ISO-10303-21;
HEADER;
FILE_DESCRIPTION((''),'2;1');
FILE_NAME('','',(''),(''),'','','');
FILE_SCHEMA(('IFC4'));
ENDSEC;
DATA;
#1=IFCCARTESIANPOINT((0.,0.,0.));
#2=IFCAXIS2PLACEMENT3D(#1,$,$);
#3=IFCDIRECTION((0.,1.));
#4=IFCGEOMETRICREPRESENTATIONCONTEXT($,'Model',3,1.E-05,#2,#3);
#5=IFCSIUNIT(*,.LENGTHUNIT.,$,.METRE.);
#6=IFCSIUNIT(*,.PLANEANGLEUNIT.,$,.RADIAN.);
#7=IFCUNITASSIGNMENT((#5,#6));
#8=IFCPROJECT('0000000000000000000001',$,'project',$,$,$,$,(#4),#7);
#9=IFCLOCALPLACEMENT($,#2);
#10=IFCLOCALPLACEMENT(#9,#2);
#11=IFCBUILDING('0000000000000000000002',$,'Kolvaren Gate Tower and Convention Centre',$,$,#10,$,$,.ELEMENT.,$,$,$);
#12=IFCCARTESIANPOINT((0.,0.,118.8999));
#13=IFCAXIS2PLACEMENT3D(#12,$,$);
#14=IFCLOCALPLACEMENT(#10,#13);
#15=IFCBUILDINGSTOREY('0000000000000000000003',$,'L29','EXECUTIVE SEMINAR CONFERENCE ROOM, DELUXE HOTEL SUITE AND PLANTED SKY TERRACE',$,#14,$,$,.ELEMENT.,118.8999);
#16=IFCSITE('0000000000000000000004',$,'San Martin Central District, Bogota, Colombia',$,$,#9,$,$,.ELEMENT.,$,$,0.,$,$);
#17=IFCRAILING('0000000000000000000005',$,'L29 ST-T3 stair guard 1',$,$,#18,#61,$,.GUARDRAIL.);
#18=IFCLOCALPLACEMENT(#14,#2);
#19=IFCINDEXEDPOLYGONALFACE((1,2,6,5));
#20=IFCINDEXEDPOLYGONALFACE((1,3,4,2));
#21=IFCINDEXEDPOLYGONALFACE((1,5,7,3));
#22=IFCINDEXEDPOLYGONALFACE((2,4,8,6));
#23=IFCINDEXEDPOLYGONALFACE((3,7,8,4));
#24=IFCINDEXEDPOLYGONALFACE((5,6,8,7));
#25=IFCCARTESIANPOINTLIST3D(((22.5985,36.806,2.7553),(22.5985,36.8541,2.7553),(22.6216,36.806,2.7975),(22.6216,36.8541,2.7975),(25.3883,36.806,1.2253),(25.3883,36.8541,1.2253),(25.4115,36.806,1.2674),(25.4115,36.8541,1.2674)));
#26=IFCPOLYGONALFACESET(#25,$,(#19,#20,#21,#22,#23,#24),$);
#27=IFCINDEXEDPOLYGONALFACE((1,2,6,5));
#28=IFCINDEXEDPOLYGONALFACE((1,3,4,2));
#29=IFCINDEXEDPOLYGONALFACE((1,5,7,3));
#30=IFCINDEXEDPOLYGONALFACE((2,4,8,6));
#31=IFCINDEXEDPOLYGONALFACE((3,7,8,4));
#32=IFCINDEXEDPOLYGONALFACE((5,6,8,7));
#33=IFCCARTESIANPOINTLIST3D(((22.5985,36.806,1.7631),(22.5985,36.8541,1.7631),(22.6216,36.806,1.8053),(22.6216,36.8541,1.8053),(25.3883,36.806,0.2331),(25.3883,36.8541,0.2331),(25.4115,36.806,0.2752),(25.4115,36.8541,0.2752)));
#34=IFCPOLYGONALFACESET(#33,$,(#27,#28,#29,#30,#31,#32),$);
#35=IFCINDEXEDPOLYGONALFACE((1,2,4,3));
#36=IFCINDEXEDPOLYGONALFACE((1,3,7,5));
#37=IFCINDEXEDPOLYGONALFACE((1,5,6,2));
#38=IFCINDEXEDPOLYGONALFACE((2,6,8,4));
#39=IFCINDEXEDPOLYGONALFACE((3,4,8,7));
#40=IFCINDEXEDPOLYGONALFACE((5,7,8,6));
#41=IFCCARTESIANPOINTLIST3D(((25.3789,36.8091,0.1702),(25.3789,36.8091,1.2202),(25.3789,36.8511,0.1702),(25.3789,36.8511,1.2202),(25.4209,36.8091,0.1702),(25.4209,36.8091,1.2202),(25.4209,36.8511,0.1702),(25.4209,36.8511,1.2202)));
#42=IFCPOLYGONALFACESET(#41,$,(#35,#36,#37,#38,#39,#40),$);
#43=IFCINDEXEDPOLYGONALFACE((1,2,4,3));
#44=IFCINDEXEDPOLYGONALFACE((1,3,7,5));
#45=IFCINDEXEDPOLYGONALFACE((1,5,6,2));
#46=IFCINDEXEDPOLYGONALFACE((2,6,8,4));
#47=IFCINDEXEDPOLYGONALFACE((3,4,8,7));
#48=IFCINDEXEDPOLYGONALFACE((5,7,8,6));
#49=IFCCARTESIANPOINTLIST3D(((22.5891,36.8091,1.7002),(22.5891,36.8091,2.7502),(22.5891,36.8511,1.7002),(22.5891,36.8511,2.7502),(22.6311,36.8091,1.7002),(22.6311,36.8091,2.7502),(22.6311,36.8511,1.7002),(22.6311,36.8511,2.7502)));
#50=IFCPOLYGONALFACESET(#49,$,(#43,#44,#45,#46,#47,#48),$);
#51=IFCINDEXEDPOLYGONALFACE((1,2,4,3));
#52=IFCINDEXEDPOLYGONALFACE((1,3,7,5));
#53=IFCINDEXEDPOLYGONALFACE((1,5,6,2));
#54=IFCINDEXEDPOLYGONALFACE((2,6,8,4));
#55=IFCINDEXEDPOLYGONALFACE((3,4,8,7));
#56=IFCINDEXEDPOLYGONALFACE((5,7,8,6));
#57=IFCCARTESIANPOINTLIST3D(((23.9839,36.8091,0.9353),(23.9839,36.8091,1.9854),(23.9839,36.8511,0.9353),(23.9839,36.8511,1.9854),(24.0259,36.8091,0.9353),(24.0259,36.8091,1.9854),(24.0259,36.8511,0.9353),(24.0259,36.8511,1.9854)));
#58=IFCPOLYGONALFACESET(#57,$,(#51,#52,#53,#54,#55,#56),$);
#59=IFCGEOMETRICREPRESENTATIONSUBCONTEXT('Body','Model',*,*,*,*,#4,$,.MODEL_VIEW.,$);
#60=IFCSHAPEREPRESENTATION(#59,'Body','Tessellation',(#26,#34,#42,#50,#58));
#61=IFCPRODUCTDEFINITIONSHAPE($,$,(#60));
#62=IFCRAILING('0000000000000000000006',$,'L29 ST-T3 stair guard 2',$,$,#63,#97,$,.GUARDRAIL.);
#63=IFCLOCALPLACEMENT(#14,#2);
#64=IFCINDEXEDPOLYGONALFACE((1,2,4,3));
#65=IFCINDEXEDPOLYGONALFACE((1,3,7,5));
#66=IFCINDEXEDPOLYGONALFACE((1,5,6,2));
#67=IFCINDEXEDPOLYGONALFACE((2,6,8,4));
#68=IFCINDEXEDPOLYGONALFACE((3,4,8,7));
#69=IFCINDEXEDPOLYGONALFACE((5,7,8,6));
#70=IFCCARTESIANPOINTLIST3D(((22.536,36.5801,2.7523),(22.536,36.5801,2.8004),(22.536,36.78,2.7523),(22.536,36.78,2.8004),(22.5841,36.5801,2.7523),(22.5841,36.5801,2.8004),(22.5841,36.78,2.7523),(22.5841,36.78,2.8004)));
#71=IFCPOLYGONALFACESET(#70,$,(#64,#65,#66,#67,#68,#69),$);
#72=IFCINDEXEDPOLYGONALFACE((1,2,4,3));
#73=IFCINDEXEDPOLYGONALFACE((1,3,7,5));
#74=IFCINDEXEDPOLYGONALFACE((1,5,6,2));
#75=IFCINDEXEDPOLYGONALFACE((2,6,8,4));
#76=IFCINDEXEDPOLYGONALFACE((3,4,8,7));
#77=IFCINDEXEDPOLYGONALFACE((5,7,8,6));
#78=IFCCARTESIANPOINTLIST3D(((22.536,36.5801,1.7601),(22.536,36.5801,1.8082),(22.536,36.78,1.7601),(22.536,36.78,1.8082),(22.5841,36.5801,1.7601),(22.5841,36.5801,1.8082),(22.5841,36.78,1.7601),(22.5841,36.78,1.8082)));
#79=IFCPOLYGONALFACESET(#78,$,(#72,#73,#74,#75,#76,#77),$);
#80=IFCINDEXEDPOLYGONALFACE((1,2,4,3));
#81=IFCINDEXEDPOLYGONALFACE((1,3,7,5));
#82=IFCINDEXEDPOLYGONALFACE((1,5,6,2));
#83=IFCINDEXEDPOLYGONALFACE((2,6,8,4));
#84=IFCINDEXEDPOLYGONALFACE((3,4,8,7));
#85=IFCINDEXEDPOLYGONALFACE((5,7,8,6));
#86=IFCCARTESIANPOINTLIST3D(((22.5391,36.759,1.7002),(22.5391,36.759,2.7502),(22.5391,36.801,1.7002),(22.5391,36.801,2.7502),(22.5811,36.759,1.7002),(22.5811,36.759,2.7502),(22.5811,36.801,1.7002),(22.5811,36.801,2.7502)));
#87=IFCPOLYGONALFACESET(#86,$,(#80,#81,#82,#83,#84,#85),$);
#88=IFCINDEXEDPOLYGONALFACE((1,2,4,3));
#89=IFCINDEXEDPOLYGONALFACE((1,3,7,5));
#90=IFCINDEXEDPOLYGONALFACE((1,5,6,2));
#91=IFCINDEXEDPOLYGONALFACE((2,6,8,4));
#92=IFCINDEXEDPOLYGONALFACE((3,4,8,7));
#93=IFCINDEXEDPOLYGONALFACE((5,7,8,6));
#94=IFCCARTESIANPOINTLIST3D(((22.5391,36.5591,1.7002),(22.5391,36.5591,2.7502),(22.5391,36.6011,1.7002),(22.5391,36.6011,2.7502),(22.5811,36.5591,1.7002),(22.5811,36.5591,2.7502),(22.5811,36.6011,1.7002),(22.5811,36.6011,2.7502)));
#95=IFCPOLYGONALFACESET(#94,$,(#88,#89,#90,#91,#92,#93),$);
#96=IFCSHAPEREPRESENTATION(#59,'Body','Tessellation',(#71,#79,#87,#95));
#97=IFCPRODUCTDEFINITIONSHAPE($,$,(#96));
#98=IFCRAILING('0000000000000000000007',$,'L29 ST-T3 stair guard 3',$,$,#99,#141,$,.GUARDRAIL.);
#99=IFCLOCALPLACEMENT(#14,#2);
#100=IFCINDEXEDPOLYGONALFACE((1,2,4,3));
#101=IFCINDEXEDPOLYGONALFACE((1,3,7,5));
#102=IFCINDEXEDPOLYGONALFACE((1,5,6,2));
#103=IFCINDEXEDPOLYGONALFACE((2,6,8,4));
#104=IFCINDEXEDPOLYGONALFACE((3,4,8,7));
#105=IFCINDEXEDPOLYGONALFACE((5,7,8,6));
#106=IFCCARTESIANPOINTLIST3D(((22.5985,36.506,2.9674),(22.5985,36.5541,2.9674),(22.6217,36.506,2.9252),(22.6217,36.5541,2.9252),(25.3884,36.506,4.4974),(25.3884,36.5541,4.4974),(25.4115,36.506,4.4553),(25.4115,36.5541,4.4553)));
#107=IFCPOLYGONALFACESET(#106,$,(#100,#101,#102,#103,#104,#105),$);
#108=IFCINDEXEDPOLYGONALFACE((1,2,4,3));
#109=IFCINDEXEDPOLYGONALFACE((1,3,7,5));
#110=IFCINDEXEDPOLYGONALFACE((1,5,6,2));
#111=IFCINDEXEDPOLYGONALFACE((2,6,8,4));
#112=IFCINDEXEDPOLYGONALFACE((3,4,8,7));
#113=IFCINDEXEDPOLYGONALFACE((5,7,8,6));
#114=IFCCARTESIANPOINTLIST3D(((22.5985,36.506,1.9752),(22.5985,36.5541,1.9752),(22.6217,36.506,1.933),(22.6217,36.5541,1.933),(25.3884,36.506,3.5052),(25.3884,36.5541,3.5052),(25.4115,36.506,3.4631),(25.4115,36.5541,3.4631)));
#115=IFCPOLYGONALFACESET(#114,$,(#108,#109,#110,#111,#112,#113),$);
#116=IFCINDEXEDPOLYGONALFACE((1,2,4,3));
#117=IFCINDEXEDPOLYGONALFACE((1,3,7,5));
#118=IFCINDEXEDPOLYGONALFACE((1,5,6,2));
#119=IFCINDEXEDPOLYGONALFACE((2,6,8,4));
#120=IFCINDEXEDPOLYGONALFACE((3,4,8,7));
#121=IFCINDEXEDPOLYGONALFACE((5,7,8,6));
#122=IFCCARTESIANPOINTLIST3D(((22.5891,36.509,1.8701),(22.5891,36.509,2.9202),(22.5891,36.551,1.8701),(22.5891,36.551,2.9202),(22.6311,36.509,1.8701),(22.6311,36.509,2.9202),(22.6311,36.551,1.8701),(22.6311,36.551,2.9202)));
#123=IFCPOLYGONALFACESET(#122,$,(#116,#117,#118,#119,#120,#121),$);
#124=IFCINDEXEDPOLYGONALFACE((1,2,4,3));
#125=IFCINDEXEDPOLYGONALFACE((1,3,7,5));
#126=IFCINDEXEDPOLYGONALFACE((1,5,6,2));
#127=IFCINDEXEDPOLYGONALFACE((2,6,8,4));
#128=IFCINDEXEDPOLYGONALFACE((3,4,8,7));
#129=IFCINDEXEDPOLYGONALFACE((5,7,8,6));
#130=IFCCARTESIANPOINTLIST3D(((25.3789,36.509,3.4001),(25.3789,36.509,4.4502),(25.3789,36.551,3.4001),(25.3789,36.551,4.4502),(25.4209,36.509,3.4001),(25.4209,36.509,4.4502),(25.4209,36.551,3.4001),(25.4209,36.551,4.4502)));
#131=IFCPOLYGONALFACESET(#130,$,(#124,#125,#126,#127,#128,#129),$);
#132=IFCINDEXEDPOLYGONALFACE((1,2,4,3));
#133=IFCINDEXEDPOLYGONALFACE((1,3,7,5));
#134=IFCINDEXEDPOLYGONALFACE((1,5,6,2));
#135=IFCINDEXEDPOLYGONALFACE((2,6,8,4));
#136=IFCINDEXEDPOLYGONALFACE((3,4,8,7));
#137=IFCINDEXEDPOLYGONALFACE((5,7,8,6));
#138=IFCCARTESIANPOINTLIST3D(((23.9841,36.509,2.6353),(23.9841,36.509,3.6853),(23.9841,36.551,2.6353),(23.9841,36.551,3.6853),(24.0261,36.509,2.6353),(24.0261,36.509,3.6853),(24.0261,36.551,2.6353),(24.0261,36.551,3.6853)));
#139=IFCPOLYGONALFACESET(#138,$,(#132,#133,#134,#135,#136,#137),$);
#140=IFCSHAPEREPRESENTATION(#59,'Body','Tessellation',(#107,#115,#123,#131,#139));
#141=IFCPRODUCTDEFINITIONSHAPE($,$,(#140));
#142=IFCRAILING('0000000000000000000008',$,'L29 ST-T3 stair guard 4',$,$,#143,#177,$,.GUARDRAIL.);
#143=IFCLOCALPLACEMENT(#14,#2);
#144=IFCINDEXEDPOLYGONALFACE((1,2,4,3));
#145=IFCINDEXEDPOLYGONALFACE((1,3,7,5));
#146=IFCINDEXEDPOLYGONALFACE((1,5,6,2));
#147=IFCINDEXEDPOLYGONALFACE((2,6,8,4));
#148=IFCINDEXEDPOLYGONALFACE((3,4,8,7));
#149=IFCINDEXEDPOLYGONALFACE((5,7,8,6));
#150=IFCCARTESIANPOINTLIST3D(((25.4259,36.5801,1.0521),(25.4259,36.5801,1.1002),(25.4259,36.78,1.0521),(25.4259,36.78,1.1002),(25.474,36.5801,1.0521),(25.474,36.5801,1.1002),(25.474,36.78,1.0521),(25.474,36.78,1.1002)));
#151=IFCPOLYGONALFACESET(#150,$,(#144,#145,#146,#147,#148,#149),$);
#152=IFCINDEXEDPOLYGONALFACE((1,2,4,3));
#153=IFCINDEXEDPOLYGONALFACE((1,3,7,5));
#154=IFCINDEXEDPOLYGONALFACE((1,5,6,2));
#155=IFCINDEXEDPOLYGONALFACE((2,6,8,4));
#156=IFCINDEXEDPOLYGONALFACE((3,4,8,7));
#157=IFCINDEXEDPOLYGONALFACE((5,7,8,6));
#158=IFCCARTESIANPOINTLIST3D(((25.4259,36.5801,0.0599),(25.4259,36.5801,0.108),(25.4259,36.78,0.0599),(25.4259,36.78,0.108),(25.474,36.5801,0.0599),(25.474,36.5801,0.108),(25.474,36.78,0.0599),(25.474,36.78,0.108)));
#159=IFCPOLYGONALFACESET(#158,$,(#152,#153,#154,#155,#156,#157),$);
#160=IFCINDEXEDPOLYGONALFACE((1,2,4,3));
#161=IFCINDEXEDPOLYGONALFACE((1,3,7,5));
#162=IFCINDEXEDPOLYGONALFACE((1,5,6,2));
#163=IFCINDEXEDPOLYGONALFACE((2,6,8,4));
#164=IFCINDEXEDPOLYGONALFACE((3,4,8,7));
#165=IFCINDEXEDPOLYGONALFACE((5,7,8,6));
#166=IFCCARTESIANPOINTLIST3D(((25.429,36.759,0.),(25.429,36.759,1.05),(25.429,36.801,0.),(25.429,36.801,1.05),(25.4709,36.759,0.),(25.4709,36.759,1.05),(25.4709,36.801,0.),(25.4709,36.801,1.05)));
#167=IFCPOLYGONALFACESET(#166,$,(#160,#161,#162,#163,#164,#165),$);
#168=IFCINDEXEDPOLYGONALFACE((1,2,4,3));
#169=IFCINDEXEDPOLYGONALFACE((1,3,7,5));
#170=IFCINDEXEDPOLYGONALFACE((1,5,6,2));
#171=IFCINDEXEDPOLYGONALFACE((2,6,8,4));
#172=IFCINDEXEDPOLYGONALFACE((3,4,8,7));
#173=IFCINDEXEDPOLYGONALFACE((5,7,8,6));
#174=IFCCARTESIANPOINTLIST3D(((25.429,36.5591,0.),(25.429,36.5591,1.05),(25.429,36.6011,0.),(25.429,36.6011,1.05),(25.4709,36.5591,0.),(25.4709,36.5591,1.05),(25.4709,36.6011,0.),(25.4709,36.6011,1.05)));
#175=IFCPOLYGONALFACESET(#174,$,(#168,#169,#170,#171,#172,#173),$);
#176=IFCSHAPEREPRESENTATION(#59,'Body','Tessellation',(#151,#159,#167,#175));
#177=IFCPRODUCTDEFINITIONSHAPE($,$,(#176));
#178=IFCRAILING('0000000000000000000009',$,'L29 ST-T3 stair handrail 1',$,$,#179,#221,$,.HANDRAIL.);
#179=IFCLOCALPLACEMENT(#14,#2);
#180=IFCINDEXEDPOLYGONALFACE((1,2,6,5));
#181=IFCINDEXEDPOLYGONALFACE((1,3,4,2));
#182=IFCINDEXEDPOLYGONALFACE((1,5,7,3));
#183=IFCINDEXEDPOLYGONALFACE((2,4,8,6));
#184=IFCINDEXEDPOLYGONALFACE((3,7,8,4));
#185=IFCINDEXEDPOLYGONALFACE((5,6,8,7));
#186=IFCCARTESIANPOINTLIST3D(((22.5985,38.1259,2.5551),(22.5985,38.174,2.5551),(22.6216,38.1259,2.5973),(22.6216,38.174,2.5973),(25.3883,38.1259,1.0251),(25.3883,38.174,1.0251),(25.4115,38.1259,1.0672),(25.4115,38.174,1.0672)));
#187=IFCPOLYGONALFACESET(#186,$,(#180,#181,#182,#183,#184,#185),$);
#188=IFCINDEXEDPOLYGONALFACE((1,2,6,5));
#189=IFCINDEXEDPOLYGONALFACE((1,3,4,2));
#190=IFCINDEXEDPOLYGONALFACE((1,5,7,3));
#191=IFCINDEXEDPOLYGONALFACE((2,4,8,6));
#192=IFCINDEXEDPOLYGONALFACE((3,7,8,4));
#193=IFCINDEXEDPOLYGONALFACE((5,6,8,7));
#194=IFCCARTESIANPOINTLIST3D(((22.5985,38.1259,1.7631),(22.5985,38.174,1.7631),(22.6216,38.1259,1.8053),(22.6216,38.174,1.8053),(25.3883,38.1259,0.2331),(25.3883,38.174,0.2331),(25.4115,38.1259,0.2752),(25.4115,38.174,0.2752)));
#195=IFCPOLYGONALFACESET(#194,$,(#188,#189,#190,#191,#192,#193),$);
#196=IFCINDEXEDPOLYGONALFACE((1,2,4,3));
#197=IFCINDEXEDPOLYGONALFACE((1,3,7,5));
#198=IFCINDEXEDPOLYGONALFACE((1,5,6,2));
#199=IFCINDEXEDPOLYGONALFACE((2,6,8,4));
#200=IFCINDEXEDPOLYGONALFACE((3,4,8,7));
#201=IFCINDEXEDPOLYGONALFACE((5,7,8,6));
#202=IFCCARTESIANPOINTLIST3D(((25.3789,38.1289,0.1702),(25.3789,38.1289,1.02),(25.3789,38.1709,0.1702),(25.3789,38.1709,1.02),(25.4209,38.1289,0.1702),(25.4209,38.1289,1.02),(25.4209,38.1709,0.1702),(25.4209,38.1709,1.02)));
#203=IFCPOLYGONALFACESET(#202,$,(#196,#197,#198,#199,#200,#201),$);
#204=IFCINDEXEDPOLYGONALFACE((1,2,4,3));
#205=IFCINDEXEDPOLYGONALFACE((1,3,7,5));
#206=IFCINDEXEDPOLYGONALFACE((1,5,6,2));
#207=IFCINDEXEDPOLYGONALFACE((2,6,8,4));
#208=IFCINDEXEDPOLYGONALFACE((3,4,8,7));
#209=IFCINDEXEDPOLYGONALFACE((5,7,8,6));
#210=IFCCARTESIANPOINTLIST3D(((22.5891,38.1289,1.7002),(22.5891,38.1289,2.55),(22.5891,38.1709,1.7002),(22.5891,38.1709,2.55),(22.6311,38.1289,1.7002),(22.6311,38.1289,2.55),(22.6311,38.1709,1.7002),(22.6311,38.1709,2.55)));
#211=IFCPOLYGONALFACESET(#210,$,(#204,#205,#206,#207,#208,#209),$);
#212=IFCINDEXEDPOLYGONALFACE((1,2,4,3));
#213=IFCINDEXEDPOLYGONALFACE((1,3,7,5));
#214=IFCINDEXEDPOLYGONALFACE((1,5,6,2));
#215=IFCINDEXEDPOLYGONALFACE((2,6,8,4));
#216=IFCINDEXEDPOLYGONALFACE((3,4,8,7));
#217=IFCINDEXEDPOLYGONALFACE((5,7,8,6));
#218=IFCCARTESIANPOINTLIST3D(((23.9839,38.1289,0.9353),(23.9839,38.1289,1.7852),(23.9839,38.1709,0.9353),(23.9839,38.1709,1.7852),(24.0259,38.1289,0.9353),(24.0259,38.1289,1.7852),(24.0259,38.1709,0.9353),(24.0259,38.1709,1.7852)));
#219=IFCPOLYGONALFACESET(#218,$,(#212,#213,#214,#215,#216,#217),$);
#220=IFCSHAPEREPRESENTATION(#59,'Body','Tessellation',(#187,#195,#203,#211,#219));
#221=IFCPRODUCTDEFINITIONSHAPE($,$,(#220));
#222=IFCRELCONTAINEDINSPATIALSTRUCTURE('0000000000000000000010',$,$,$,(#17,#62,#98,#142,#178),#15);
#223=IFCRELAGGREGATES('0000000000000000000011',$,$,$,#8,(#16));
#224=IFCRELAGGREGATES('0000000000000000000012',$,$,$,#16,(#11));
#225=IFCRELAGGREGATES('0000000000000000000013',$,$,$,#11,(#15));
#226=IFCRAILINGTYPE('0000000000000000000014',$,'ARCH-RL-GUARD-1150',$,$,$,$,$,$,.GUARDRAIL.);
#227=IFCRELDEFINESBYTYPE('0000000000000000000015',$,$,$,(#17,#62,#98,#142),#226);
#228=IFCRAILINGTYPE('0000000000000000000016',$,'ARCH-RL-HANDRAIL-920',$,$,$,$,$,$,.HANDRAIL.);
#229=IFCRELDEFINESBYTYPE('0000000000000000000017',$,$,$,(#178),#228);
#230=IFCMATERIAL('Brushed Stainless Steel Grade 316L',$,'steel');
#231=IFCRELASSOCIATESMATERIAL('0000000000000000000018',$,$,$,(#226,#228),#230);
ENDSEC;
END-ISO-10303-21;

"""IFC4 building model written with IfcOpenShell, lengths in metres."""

from ifc_helpers import new_model, si_unit, direction, frame, origin, origin_2d, place, context, subcontext, project, spatial, rectangle, extrude, material, type_object, element, save


model = new_model("IFC4")

# Units and contexts
model_context = context("Model", 3, precision=1e-05, world=origin(), true_north=direction((0.0, 1.0)))
body_context = subcontext(model_context, "Body", "Model", "MODEL_VIEW")
ifc_project = project(units=[si_unit("LENGTHUNIT", "METRE"), si_unit("PLANEANGLEUNIT", "RADIAN")], contexts=[model_context])

# Site, building, storey
site_placement = place(None, origin())
site = spatial("IfcSite", under=ifc_project, at=site_placement, Name="San Martin Central District, Bogota, Colombia", CompositionType="ELEMENT", RefElevation=0.0)
building_placement = place(site_placement, origin())
building = spatial("IfcBuilding", under=site, at=building_placement, Name="Kolvaren Gate Tower and Convention Centre", CompositionType="ELEMENT")
storey_placement = place(building_placement, frame((0.0, 0.0, 118.8999)))
storey = spatial("IfcBuildingStorey", under=building, at=storey_placement, Name="L29", Description="EXECUTIVE SEMINAR CONFERENCE ROOM, DELUXE HOTEL SUITE AND PLANTED SKY TERRACE", CompositionType="ELEMENT", Elevation=118.8999)

# Railings
ifc_material_1 = material(Name="Brushed Stainless Steel Grade 316L", Category="steel")
railing_type_1 = type_object("IfcRailingType", Name="ARCH-RL-GUARD-1150", PredefinedType="GUARDRAIL", material=ifc_material_1)
railing_1_placement = place(storey_placement, frame((25.3999, 36.8301, 0.1702)))
element("IfcRailing", 1, at=railing_1_placement, inside=storey, type_object=railing_type_1, Name="L29 ST-T3 stair guard 1", PredefinedType="GUARDRAIL", context=body_context, shape_type="SweptSolid", body=[
    extrude(rectangle(XDim=0.0481, YDim=0.0481, at=origin_2d()), frame((0.0, 0.0, 1.0762), z_axis=(-0.876794, 0.0, 0.480867), x_axis=(0.0, -1.0, 0.0)), (0.0, 0.0, 1.0), 3.1819),
    extrude(rectangle(XDim=0.0481, YDim=0.0481, at=origin_2d()), frame((0.0, 0.0, 0.084), z_axis=(-0.876794, 0.0, 0.480867), x_axis=(0.0, -1.0, 0.0)), (0.0, 0.0, 1.0), 3.1819),
    extrude(rectangle(XDim=0.042, YDim=0.042, at=origin_2d()), origin(), (0.0, 0.0, 1.0), 1.05),
    extrude(rectangle(XDim=0.042, YDim=0.042, at=origin_2d()), frame((-2.7898, 0.0, 1.53)), (0.0, 0.0, 1.0), 1.05),
    extrude(rectangle(XDim=0.042, YDim=0.042, at=origin_2d()), frame((-1.395, 0.0, 0.7651)), (0.0, 0.0, 1.0), 1.05),
])
railing_2_placement = place(storey_placement, frame((22.5601, 36.78, 1.7002)))
element("IfcRailing", 2, at=railing_2_placement, inside=storey, type_object=railing_type_1, Name="L29 ST-T3 stair guard 2", PredefinedType="GUARDRAIL", context=body_context, shape_type="SweptSolid", body=[
    extrude(rectangle(XDim=0.0481, YDim=0.0481, at=origin_2d()), frame((0.0, 0.0, 1.0762), z_axis=(0.0, -1.0, 0.0), x_axis=(1.0, 0.0, 0.0)), (0.0, 0.0, 1.0), 0.2),
    extrude(rectangle(XDim=0.0481, YDim=0.0481, at=origin_2d()), frame((0.0, 0.0, 0.084), z_axis=(0.0, -1.0, 0.0), x_axis=(1.0, 0.0, 0.0)), (0.0, 0.0, 1.0), 0.2),
    extrude(rectangle(XDim=0.042, YDim=0.042, at=origin_2d()), origin(), (0.0, 0.0, 1.0), 1.05),
    extrude(rectangle(XDim=0.042, YDim=0.042, at=origin_2d()), frame((0.0, -0.2, 0.0)), (0.0, 0.0, 1.0), 1.05),
])
railing_3_placement = place(storey_placement, frame((22.6101, 36.53, 1.8701)))
element("IfcRailing", 3, at=railing_3_placement, inside=storey, type_object=railing_type_1, Name="L29 ST-T3 stair guard 3", PredefinedType="GUARDRAIL", context=body_context, shape_type="SweptSolid", body=[
    extrude(rectangle(XDim=0.0481, YDim=0.0481, at=origin_2d()), frame((0.0, 0.0, 1.0762), z_axis=(0.876794, 0.0, 0.480867), x_axis=(0.0, 1.0, 0.0)), (0.0, 0.0, 1.0), 3.1819),
    extrude(rectangle(XDim=0.0481, YDim=0.0481, at=origin_2d()), frame((0.0, 0.0, 0.084), z_axis=(0.876794, 0.0, 0.480867), x_axis=(0.0, 1.0, 0.0)), (0.0, 0.0, 1.0), 3.1819),
    extrude(rectangle(XDim=0.042, YDim=0.042, at=origin_2d()), origin(), (0.0, 0.0, 1.0), 1.05),
    extrude(rectangle(XDim=0.042, YDim=0.042, at=origin_2d()), frame((2.7898, 0.0, 1.53)), (0.0, 0.0, 1.0), 1.05),
    extrude(rectangle(XDim=0.042, YDim=0.042, at=origin_2d()), frame((1.395, 0.0, 0.7651)), (0.0, 0.0, 1.0), 1.05),
])
railing_4_placement = place(storey_placement, frame((25.45, 36.78, 0.0)))
element("IfcRailing", 4, at=railing_4_placement, inside=storey, type_object=railing_type_1, Name="L29 ST-T3 stair guard 4", PredefinedType="GUARDRAIL", context=body_context, shape_type="SweptSolid", body=[
    extrude(rectangle(XDim=0.0481, YDim=0.0481, at=origin_2d()), frame((0.0, 0.0, 1.0762), z_axis=(0.0, -1.0, 0.0), x_axis=(1.0, 0.0, 0.0)), (0.0, 0.0, 1.0), 0.2),
    extrude(rectangle(XDim=0.0481, YDim=0.0481, at=origin_2d()), frame((0.0, 0.0, 0.084), z_axis=(0.0, -1.0, 0.0), x_axis=(1.0, 0.0, 0.0)), (0.0, 0.0, 1.0), 0.2),
    extrude(rectangle(XDim=0.042, YDim=0.042, at=origin_2d()), origin(), (0.0, 0.0, 1.0), 1.05),
    extrude(rectangle(XDim=0.042, YDim=0.042, at=origin_2d()), frame((0.0, -0.2, 0.0)), (0.0, 0.0, 1.0), 1.05),
])
railing_type_2 = type_object("IfcRailingType", Name="ARCH-RL-HANDRAIL-920", PredefinedType="HANDRAIL", material=ifc_material_1)
railing_5_placement = place(storey_placement, frame((25.3999, 38.1499, 0.1702)))
element("IfcRailing", 5, at=railing_5_placement, inside=storey, type_object=railing_type_2, Name="L29 ST-T3 stair handrail 1", PredefinedType="HANDRAIL", context=body_context, shape_type="SweptSolid", body=[
    extrude(rectangle(XDim=0.0481, YDim=0.0481, at=origin_2d()), frame((0.0, 0.0, 0.876), z_axis=(-0.876794, 0.0, 0.480867), x_axis=(0.0, -1.0, 0.0)), (0.0, 0.0, 1.0), 3.1819),
    extrude(rectangle(XDim=0.0481, YDim=0.0481, at=origin_2d()), frame((0.0, 0.0, 0.084), z_axis=(-0.876794, 0.0, 0.480867), x_axis=(0.0, -1.0, 0.0)), (0.0, 0.0, 1.0), 3.1819),
    extrude(rectangle(XDim=0.042, YDim=0.042, at=origin_2d()), origin(), (0.0, 0.0, 1.0), 0.8499),
    extrude(rectangle(XDim=0.042, YDim=0.042, at=origin_2d()), frame((-2.7898, 0.0, 1.53)), (0.0, 0.0, 1.0), 0.8499),
    extrude(rectangle(XDim=0.042, YDim=0.042, at=origin_2d()), frame((-1.395, 0.0, 0.7651)), (0.0, 0.0, 1.0), 0.8499),
])

save(model, "model.ifc")
